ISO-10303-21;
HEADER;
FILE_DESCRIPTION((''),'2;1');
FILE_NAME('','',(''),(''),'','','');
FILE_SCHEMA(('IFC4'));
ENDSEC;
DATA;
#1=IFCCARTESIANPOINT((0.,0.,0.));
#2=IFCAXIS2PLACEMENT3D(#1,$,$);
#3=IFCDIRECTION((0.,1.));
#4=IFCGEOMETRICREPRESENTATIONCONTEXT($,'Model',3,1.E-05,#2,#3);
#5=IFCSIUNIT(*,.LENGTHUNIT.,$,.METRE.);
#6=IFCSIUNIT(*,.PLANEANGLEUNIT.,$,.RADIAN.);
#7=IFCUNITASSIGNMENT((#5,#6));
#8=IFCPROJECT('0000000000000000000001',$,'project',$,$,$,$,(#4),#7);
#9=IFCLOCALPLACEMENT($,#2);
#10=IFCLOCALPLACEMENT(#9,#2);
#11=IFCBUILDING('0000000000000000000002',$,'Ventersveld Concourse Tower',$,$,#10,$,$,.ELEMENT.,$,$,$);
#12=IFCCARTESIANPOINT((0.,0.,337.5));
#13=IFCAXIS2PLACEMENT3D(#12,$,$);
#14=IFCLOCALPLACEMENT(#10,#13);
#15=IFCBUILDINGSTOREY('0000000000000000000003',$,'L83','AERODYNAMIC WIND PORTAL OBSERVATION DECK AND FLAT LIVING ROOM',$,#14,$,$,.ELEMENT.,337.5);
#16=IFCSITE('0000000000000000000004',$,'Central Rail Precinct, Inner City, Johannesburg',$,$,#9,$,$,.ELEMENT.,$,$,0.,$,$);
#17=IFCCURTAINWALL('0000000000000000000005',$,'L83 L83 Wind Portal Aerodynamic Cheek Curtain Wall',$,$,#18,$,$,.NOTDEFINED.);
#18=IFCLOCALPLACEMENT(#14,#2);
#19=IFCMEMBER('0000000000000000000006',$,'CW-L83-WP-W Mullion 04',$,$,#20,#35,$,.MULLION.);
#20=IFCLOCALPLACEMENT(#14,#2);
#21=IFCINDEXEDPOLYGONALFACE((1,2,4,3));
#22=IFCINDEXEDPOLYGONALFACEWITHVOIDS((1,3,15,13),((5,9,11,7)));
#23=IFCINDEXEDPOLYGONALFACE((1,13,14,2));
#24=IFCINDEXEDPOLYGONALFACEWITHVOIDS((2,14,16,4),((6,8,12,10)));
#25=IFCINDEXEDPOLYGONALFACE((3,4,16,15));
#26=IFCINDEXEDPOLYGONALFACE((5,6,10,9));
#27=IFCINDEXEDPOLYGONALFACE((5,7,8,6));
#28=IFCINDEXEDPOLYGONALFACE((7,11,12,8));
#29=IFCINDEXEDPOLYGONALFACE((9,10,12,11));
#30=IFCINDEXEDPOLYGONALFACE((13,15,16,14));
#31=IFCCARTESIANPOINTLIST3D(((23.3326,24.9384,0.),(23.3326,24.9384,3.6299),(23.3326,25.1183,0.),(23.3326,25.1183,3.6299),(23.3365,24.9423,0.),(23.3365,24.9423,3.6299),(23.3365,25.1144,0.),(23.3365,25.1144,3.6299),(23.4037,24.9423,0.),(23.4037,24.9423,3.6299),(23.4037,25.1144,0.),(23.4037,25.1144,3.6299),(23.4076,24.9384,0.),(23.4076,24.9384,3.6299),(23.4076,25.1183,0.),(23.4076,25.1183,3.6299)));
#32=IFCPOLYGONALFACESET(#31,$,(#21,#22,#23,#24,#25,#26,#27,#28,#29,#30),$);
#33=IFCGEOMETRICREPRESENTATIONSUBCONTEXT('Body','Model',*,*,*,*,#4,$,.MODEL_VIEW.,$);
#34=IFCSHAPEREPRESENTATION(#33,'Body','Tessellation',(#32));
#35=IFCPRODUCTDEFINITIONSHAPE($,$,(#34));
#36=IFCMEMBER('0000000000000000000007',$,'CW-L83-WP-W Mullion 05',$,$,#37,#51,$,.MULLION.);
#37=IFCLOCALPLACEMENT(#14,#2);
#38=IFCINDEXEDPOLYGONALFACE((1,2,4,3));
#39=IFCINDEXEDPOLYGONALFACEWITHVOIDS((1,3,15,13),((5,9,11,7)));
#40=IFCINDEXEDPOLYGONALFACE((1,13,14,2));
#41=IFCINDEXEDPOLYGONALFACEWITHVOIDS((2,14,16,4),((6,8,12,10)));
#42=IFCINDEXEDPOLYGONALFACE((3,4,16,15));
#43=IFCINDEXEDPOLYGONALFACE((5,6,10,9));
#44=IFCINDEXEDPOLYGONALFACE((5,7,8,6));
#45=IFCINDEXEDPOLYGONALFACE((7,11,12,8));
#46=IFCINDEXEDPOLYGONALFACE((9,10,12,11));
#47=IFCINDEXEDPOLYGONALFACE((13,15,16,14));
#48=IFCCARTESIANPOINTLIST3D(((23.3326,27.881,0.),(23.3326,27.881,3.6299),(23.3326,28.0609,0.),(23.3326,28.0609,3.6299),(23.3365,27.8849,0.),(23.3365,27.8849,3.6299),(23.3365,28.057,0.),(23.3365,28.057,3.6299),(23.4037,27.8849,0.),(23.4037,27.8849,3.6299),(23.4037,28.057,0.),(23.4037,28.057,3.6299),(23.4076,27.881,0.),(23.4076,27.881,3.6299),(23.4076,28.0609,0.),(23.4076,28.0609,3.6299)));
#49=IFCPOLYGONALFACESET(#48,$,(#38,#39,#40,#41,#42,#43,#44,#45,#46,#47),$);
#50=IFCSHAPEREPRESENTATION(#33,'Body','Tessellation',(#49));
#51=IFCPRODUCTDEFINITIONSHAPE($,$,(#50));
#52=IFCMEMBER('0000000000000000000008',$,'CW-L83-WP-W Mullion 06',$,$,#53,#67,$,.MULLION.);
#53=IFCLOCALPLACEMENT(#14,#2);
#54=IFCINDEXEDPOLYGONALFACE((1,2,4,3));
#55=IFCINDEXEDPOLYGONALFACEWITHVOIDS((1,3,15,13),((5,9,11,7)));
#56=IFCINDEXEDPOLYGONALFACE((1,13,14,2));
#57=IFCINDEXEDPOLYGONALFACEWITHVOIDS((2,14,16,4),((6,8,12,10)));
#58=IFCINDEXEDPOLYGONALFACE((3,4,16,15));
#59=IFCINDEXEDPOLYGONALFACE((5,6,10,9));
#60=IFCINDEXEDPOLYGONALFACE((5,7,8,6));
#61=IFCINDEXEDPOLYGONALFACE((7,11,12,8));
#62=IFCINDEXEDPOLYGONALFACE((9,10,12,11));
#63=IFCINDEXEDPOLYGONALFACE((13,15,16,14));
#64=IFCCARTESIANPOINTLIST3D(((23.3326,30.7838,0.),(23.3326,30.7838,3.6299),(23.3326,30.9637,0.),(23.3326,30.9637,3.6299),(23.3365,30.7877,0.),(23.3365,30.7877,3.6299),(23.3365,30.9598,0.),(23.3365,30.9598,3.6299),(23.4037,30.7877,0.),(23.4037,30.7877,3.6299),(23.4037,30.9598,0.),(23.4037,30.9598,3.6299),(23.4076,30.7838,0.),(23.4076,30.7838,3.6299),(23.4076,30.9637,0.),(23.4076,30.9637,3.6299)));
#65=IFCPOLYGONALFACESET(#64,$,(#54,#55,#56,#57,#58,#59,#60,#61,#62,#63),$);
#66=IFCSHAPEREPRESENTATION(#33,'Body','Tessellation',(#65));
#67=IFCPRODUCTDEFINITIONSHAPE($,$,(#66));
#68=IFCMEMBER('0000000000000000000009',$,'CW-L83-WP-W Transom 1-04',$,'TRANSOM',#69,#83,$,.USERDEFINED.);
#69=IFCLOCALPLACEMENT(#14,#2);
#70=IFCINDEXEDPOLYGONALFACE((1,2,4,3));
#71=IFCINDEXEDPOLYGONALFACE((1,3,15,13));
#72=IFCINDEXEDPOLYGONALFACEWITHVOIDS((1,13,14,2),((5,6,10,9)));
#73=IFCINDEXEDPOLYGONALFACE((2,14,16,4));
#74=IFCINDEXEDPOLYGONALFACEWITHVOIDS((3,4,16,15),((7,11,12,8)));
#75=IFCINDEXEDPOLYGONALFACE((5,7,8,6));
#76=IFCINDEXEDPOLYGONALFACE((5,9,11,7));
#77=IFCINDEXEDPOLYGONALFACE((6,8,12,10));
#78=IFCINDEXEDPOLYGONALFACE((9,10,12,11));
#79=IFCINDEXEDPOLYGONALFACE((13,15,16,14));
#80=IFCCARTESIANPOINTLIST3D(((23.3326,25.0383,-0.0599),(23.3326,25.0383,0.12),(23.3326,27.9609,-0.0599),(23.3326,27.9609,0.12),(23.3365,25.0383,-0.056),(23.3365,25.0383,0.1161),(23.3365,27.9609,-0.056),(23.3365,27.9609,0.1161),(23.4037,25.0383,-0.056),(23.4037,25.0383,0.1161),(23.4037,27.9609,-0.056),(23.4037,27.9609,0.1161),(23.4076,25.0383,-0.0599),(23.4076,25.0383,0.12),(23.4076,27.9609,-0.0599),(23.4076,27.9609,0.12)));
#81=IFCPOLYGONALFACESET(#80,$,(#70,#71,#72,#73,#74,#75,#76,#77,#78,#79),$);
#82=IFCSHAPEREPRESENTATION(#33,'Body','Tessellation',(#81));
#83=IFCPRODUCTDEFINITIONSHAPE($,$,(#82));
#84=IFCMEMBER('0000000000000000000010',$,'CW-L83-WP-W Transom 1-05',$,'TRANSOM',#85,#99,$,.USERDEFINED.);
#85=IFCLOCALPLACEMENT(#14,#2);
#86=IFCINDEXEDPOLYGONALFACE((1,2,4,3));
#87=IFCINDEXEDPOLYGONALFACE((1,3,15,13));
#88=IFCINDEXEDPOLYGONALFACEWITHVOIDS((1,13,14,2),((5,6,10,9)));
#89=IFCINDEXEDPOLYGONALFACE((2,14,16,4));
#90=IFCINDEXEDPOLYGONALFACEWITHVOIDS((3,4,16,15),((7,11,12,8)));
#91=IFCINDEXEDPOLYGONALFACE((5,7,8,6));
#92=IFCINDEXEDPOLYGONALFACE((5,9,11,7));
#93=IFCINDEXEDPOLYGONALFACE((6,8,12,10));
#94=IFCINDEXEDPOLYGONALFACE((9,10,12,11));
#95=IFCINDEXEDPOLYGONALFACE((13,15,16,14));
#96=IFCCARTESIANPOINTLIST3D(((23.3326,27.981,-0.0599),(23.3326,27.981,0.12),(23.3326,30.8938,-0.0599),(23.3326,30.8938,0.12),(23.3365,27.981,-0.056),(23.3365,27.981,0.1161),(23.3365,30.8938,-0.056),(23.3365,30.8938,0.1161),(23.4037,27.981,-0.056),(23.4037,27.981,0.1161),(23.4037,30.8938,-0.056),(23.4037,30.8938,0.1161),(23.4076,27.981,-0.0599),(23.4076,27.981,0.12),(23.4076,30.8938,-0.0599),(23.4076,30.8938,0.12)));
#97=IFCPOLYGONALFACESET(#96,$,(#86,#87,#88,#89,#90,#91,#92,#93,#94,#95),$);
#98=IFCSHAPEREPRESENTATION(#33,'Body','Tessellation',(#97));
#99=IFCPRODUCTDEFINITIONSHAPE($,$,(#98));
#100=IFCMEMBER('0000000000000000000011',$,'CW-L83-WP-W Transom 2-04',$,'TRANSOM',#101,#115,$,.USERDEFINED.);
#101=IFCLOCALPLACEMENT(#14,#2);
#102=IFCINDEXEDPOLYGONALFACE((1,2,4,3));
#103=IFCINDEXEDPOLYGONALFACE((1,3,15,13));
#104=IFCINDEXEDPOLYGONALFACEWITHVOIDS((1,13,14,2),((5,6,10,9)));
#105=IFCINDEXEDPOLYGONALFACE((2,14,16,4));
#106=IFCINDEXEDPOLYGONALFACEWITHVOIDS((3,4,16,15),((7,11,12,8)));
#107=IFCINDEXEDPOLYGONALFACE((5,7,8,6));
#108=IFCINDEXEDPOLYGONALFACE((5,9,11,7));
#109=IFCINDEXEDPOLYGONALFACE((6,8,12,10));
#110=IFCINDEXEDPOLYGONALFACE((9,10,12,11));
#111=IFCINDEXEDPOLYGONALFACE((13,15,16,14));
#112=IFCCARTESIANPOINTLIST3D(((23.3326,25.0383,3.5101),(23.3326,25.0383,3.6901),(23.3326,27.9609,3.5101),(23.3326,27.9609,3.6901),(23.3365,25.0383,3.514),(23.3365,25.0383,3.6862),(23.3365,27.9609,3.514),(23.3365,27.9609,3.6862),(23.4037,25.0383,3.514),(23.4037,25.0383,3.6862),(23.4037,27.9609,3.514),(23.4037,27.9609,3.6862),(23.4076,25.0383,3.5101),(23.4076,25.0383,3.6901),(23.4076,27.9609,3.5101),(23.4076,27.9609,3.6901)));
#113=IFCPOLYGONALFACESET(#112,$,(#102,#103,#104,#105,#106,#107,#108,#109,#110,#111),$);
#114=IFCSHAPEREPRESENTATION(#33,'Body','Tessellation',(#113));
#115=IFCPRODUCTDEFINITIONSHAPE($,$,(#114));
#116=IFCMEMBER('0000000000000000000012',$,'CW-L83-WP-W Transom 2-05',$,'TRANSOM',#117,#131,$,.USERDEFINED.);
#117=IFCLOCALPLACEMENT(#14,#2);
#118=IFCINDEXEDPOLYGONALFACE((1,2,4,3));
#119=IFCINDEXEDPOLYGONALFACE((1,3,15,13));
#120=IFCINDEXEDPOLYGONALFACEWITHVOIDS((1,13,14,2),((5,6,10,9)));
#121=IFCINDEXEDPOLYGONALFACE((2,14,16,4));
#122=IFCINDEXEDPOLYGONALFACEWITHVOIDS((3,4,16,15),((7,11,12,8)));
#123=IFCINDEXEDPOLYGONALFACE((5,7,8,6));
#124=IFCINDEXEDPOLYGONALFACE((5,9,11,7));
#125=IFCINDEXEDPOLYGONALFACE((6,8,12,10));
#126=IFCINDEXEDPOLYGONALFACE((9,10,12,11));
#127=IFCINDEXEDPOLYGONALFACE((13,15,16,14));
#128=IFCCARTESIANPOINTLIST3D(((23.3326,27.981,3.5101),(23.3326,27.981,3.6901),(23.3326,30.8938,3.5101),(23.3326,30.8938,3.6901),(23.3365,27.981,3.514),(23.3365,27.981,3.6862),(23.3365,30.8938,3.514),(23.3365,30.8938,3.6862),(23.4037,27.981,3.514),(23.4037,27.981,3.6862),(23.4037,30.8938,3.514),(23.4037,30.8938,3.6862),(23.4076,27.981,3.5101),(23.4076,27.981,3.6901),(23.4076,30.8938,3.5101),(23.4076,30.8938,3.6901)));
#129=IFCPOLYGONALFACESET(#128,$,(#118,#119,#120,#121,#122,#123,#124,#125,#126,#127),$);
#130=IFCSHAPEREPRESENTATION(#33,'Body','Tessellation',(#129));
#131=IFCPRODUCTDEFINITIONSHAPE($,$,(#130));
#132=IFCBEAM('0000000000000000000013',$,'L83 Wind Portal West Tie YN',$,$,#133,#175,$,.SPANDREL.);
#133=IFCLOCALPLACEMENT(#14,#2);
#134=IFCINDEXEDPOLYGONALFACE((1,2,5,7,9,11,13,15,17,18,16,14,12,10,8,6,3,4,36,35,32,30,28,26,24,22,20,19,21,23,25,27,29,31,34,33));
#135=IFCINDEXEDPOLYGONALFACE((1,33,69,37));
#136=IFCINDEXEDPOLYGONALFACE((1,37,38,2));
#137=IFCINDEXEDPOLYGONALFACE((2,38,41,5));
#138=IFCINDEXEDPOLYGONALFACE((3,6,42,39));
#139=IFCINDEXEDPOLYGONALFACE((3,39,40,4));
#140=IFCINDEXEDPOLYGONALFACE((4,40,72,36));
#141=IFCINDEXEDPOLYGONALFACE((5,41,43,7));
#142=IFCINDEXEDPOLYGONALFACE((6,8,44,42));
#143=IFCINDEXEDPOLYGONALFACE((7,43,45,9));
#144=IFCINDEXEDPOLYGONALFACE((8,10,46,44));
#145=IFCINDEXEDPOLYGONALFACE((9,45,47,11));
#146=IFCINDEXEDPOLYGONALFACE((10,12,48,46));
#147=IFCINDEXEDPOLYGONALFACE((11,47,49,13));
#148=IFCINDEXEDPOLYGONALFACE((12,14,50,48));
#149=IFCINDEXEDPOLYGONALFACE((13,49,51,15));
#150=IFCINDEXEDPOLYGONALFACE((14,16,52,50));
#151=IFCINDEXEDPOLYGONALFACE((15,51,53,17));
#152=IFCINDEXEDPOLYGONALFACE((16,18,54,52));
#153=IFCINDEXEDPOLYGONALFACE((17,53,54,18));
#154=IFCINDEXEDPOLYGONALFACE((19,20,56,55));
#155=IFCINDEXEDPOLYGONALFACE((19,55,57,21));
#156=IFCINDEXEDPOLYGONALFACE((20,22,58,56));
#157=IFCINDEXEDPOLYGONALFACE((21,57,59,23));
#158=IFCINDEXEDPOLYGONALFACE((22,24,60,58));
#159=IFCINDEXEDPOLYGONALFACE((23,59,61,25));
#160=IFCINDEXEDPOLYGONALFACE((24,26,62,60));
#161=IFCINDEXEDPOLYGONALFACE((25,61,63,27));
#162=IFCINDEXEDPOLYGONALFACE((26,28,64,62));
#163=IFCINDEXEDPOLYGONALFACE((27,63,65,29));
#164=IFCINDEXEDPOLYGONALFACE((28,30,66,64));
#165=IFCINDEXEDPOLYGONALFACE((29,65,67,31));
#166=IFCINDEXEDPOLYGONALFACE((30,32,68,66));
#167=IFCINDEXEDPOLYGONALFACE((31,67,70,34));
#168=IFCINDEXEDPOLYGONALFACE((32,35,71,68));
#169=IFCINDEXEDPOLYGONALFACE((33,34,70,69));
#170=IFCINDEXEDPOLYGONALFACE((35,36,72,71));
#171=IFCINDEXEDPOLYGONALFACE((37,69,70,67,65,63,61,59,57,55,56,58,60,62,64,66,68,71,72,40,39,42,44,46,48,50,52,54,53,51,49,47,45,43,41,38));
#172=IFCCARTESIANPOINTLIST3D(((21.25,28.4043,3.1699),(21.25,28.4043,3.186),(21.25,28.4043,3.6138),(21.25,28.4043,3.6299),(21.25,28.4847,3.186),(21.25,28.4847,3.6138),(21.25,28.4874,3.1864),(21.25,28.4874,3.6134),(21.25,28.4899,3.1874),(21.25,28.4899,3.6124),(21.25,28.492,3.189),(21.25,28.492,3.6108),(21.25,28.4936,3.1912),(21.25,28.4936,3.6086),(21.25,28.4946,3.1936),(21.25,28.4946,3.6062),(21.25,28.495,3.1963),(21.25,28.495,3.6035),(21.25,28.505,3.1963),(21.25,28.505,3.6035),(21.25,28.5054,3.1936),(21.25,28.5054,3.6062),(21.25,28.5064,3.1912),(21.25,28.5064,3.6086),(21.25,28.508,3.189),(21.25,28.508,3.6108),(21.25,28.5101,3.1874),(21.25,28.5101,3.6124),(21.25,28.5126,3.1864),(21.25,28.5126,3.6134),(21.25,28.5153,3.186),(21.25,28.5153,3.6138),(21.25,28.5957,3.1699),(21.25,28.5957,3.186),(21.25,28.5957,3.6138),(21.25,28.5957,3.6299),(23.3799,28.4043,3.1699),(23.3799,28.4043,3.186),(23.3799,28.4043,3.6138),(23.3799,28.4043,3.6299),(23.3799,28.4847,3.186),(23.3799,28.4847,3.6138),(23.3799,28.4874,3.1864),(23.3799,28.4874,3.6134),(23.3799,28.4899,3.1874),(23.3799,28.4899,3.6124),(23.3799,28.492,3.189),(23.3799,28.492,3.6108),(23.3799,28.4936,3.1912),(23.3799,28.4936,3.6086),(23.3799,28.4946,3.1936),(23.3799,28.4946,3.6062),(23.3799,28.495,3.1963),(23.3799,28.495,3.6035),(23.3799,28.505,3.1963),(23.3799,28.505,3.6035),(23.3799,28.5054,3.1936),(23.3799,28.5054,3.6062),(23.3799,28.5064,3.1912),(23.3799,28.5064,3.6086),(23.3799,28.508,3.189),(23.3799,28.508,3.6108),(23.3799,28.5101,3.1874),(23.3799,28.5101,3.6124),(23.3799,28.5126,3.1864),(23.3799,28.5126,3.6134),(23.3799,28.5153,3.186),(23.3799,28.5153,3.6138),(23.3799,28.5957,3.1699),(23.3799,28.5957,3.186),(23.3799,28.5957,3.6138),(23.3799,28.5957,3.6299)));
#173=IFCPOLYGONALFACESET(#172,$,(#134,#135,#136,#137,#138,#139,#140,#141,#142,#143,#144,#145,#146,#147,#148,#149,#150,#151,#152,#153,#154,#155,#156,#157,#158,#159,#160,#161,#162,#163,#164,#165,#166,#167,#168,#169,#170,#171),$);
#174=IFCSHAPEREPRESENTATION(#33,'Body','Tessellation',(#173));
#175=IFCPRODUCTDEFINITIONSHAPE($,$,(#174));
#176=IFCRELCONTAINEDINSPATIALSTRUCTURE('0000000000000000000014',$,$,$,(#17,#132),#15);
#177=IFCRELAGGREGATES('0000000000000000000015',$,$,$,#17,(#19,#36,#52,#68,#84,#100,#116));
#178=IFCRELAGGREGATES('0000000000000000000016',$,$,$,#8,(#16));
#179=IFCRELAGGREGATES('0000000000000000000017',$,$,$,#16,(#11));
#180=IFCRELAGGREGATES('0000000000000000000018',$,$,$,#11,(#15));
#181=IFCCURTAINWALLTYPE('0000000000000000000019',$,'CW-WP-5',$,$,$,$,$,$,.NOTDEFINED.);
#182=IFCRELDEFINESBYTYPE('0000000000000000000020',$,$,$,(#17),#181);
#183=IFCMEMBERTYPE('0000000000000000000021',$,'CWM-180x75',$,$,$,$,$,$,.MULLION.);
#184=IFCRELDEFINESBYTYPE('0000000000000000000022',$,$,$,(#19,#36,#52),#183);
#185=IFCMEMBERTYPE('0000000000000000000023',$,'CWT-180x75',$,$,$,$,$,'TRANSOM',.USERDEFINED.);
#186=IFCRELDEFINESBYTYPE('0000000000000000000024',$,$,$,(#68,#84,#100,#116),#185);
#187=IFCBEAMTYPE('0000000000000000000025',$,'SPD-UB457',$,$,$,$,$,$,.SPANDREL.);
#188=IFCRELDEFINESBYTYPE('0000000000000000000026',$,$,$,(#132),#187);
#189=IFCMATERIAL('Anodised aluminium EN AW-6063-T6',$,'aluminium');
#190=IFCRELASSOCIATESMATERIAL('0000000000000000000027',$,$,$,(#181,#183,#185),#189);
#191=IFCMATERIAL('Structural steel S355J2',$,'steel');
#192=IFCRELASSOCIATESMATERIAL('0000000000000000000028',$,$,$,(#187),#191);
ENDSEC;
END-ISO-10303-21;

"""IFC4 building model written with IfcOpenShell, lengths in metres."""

from ifc_helpers import new_model, si_unit, direction, frame, origin, origin_2d, place, context, subcontext, project, spatial, hollow_rectangle, i_section, extrude, material, material_profile, profile_set, type_object, element, aggregate, save


model = new_model("IFC4")

# Units and contexts
model_context = context("Model", 3, precision=1e-05, world=origin(), true_north=direction((0.0, 1.0)))
body_context = subcontext(model_context, "Body", "Model", "MODEL_VIEW")
ifc_project = project(units=[si_unit("LENGTHUNIT", "METRE"), si_unit("PLANEANGLEUNIT", "RADIAN")], contexts=[model_context])

# Site, building, storey
site_placement = place(None, origin())
site = spatial("IfcSite", under=ifc_project, at=site_placement, Name="Central Rail Precinct, Inner City, Johannesburg", CompositionType="ELEMENT", RefElevation=0.0)
building_placement = place(site_placement, origin())
building = spatial("IfcBuilding", under=site, at=building_placement, Name="Ventersveld Concourse Tower", CompositionType="ELEMENT")
storey_placement = place(building_placement, frame((0.0, 0.0, 337.5)))
storey = spatial("IfcBuildingStorey", under=building, at=storey_placement, Name="L83", Description="AERODYNAMIC WIND PORTAL OBSERVATION DECK AND FLAT LIVING ROOM", CompositionType="ELEMENT", Elevation=337.5)

# Curtain wall, members
ifc_material_1 = material(Name="Anodised aluminium EN AW-6063-T6", Category="aluminium")
curtain_wall_type = type_object("IfcCurtainWallType", Name="CW-WP-5", PredefinedType="NOTDEFINED", material=ifc_material_1)
curtain_wall_placement = place(storey_placement, origin())
curtain_wall = element("IfcCurtainWall", 1, at=curtain_wall_placement, inside=storey, type_object=curtain_wall_type, Name="L83 L83 Wind Portal Aerodynamic Cheek Curtain Wall", PredefinedType="NOTDEFINED")
ifc_material_profile_1 = material_profile(ifc_material_1, hollow_rectangle(XDim=0.075, YDim=0.1799, WallThickness=0.0039, at=origin_2d()), Name="ALU 180x75x4")
ifc_profile_set_1 = profile_set([ifc_material_profile_1], Name="Anodised aluminium EN AW-6063-T6")
member_type_1 = type_object("IfcMemberType", Name="CWM-180x75", PredefinedType="MULLION", material=ifc_profile_set_1)
member_1_placement = place(storey_placement, frame((23.3701, 25.0283, 0.0), z_axis=(0.0, 0.0, 1.0), x_axis=(1.0, 0.0, 0.0)))
member_1 = element("IfcMember", 2, at=member_1_placement, type_object=member_type_1, Name="CW-L83-WP-W Mullion 04", PredefinedType="MULLION", context=body_context, shape_type="SweptSolid", body=[
    extrude(hollow_rectangle(XDim=0.075, YDim=0.1799, WallThickness=0.0039, at=origin_2d()), origin(), (0.0, 0.0, 1.0), 3.6299),
])
member_2_placement = place(storey_placement, frame((23.3701, 27.9709, 0.0), z_axis=(0.0, 0.0, 1.0), x_axis=(1.0, 0.0, 0.0)))
member_2 = element("IfcMember", 3, at=member_2_placement, type_object=member_type_1, Name="CW-L83-WP-W Mullion 05", PredefinedType="MULLION", context=body_context, shape_type="SweptSolid", body=[
    extrude(hollow_rectangle(XDim=0.075, YDim=0.1799, WallThickness=0.0039, at=origin_2d()), origin(), (0.0, 0.0, 1.0), 3.6299),
])
member_3_placement = place(storey_placement, frame((23.3701, 30.8738, 0.0), z_axis=(0.0, 0.0, 1.0), x_axis=(1.0, 0.0, 0.0)))
member_3 = element("IfcMember", 4, at=member_3_placement, type_object=member_type_1, Name="CW-L83-WP-W Mullion 06", PredefinedType="MULLION", context=body_context, shape_type="SweptSolid", body=[
    extrude(hollow_rectangle(XDim=0.075, YDim=0.1799, WallThickness=0.0039, at=origin_2d()), origin(), (0.0, 0.0, 1.0), 3.6299),
])
ifc_material_profile_2 = material_profile(ifc_material_1, hollow_rectangle(XDim=0.075, YDim=0.1799, WallThickness=0.0039, at=origin_2d()), Name="ALU 180x75x4")
ifc_profile_set_2 = profile_set([ifc_material_profile_2], Name="Anodised aluminium EN AW-6063-T6")
member_type_2 = type_object("IfcMemberType", Name="CWT-180x75", ElementType="TRANSOM", PredefinedType="USERDEFINED", material=ifc_profile_set_2)
member_4_placement = place(storey_placement, frame((23.3701, 25.0383, 0.03), z_axis=(0.0, 1.0, 0.0), x_axis=(-1.0, 0.0, 0.0)))
member_4 = element("IfcMember", 5, at=member_4_placement, type_object=member_type_2, Name="CW-L83-WP-W Transom 1-04", ObjectType="TRANSOM", PredefinedType="USERDEFINED", context=body_context, shape_type="SweptSolid", body=[
    extrude(hollow_rectangle(XDim=0.075, YDim=0.1799, WallThickness=0.0039, at=origin_2d()), origin(), (0.0, 0.0, 1.0), 2.9226),
])
member_5_placement = place(storey_placement, frame((23.3701, 27.981, 0.03), z_axis=(0.0, 1.0, 0.0), x_axis=(-1.0, 0.0, 0.0)))
member_5 = element("IfcMember", 6, at=member_5_placement, type_object=member_type_2, Name="CW-L83-WP-W Transom 1-05", ObjectType="TRANSOM", PredefinedType="USERDEFINED", context=body_context, shape_type="SweptSolid", body=[
    extrude(hollow_rectangle(XDim=0.075, YDim=0.1799, WallThickness=0.0039, at=origin_2d()), origin(), (0.0, 0.0, 1.0), 2.9128),
])
member_6_placement = place(storey_placement, frame((23.3701, 25.0383, 3.6001), z_axis=(0.0, 1.0, 0.0), x_axis=(-1.0, 0.0, 0.0)))
member_6 = element("IfcMember", 7, at=member_6_placement, type_object=member_type_2, Name="CW-L83-WP-W Transom 2-04", ObjectType="TRANSOM", PredefinedType="USERDEFINED", context=body_context, shape_type="SweptSolid", body=[
    extrude(hollow_rectangle(XDim=0.075, YDim=0.1799, WallThickness=0.0039, at=origin_2d()), origin(), (0.0, 0.0, 1.0), 2.9226),
])
member_7_placement = place(storey_placement, frame((23.3701, 27.981, 3.6001), z_axis=(0.0, 1.0, 0.0), x_axis=(-1.0, 0.0, 0.0)))
member_7 = element("IfcMember", 8, at=member_7_placement, type_object=member_type_2, Name="CW-L83-WP-W Transom 2-05", ObjectType="TRANSOM", PredefinedType="USERDEFINED", context=body_context, shape_type="SweptSolid", body=[
    extrude(hollow_rectangle(XDim=0.075, YDim=0.1799, WallThickness=0.0039, at=origin_2d()), origin(), (0.0, 0.0, 1.0), 2.9128),
])

# Beam
ifc_material_2 = material(Name="Structural steel S355J2", Category="steel")
ifc_material_profile_3 = material_profile(ifc_material_2, i_section(OverallWidth=0.1914, OverallDepth=0.46, WebThickness=0.01, FlangeThickness=0.0161, FilletRadius=0.0103, at=origin_2d()), Name="UB 457x191x82")
ifc_profile_set_3 = profile_set([ifc_material_profile_3], Name="Structural steel S355J2")
beam_type = type_object("IfcBeamType", Name="SPD-UB457", PredefinedType="SPANDREL", material=ifc_profile_set_3)
beam_placement = place(storey_placement, frame((21.25, 28.5, 3.3999), z_axis=(1.0, 0.0, 0.0), x_axis=(0.0, 1.0, 0.0)))
element("IfcBeam", 9, at=beam_placement, inside=storey, type_object=beam_type, Name="L83 Wind Portal West Tie YN", PredefinedType="SPANDREL", context=body_context, shape_type="SweptSolid", body=[
    extrude(i_section(OverallWidth=0.1914, OverallDepth=0.46, WebThickness=0.01, FlangeThickness=0.0161, FilletRadius=0.0103, at=origin_2d()), origin(), (0.0, 0.0, 1.0), 2.1299),
])

aggregate(curtain_wall, [member_1, member_2, member_3, member_4, member_5, member_6, member_7])

save(model, "model.ifc")
